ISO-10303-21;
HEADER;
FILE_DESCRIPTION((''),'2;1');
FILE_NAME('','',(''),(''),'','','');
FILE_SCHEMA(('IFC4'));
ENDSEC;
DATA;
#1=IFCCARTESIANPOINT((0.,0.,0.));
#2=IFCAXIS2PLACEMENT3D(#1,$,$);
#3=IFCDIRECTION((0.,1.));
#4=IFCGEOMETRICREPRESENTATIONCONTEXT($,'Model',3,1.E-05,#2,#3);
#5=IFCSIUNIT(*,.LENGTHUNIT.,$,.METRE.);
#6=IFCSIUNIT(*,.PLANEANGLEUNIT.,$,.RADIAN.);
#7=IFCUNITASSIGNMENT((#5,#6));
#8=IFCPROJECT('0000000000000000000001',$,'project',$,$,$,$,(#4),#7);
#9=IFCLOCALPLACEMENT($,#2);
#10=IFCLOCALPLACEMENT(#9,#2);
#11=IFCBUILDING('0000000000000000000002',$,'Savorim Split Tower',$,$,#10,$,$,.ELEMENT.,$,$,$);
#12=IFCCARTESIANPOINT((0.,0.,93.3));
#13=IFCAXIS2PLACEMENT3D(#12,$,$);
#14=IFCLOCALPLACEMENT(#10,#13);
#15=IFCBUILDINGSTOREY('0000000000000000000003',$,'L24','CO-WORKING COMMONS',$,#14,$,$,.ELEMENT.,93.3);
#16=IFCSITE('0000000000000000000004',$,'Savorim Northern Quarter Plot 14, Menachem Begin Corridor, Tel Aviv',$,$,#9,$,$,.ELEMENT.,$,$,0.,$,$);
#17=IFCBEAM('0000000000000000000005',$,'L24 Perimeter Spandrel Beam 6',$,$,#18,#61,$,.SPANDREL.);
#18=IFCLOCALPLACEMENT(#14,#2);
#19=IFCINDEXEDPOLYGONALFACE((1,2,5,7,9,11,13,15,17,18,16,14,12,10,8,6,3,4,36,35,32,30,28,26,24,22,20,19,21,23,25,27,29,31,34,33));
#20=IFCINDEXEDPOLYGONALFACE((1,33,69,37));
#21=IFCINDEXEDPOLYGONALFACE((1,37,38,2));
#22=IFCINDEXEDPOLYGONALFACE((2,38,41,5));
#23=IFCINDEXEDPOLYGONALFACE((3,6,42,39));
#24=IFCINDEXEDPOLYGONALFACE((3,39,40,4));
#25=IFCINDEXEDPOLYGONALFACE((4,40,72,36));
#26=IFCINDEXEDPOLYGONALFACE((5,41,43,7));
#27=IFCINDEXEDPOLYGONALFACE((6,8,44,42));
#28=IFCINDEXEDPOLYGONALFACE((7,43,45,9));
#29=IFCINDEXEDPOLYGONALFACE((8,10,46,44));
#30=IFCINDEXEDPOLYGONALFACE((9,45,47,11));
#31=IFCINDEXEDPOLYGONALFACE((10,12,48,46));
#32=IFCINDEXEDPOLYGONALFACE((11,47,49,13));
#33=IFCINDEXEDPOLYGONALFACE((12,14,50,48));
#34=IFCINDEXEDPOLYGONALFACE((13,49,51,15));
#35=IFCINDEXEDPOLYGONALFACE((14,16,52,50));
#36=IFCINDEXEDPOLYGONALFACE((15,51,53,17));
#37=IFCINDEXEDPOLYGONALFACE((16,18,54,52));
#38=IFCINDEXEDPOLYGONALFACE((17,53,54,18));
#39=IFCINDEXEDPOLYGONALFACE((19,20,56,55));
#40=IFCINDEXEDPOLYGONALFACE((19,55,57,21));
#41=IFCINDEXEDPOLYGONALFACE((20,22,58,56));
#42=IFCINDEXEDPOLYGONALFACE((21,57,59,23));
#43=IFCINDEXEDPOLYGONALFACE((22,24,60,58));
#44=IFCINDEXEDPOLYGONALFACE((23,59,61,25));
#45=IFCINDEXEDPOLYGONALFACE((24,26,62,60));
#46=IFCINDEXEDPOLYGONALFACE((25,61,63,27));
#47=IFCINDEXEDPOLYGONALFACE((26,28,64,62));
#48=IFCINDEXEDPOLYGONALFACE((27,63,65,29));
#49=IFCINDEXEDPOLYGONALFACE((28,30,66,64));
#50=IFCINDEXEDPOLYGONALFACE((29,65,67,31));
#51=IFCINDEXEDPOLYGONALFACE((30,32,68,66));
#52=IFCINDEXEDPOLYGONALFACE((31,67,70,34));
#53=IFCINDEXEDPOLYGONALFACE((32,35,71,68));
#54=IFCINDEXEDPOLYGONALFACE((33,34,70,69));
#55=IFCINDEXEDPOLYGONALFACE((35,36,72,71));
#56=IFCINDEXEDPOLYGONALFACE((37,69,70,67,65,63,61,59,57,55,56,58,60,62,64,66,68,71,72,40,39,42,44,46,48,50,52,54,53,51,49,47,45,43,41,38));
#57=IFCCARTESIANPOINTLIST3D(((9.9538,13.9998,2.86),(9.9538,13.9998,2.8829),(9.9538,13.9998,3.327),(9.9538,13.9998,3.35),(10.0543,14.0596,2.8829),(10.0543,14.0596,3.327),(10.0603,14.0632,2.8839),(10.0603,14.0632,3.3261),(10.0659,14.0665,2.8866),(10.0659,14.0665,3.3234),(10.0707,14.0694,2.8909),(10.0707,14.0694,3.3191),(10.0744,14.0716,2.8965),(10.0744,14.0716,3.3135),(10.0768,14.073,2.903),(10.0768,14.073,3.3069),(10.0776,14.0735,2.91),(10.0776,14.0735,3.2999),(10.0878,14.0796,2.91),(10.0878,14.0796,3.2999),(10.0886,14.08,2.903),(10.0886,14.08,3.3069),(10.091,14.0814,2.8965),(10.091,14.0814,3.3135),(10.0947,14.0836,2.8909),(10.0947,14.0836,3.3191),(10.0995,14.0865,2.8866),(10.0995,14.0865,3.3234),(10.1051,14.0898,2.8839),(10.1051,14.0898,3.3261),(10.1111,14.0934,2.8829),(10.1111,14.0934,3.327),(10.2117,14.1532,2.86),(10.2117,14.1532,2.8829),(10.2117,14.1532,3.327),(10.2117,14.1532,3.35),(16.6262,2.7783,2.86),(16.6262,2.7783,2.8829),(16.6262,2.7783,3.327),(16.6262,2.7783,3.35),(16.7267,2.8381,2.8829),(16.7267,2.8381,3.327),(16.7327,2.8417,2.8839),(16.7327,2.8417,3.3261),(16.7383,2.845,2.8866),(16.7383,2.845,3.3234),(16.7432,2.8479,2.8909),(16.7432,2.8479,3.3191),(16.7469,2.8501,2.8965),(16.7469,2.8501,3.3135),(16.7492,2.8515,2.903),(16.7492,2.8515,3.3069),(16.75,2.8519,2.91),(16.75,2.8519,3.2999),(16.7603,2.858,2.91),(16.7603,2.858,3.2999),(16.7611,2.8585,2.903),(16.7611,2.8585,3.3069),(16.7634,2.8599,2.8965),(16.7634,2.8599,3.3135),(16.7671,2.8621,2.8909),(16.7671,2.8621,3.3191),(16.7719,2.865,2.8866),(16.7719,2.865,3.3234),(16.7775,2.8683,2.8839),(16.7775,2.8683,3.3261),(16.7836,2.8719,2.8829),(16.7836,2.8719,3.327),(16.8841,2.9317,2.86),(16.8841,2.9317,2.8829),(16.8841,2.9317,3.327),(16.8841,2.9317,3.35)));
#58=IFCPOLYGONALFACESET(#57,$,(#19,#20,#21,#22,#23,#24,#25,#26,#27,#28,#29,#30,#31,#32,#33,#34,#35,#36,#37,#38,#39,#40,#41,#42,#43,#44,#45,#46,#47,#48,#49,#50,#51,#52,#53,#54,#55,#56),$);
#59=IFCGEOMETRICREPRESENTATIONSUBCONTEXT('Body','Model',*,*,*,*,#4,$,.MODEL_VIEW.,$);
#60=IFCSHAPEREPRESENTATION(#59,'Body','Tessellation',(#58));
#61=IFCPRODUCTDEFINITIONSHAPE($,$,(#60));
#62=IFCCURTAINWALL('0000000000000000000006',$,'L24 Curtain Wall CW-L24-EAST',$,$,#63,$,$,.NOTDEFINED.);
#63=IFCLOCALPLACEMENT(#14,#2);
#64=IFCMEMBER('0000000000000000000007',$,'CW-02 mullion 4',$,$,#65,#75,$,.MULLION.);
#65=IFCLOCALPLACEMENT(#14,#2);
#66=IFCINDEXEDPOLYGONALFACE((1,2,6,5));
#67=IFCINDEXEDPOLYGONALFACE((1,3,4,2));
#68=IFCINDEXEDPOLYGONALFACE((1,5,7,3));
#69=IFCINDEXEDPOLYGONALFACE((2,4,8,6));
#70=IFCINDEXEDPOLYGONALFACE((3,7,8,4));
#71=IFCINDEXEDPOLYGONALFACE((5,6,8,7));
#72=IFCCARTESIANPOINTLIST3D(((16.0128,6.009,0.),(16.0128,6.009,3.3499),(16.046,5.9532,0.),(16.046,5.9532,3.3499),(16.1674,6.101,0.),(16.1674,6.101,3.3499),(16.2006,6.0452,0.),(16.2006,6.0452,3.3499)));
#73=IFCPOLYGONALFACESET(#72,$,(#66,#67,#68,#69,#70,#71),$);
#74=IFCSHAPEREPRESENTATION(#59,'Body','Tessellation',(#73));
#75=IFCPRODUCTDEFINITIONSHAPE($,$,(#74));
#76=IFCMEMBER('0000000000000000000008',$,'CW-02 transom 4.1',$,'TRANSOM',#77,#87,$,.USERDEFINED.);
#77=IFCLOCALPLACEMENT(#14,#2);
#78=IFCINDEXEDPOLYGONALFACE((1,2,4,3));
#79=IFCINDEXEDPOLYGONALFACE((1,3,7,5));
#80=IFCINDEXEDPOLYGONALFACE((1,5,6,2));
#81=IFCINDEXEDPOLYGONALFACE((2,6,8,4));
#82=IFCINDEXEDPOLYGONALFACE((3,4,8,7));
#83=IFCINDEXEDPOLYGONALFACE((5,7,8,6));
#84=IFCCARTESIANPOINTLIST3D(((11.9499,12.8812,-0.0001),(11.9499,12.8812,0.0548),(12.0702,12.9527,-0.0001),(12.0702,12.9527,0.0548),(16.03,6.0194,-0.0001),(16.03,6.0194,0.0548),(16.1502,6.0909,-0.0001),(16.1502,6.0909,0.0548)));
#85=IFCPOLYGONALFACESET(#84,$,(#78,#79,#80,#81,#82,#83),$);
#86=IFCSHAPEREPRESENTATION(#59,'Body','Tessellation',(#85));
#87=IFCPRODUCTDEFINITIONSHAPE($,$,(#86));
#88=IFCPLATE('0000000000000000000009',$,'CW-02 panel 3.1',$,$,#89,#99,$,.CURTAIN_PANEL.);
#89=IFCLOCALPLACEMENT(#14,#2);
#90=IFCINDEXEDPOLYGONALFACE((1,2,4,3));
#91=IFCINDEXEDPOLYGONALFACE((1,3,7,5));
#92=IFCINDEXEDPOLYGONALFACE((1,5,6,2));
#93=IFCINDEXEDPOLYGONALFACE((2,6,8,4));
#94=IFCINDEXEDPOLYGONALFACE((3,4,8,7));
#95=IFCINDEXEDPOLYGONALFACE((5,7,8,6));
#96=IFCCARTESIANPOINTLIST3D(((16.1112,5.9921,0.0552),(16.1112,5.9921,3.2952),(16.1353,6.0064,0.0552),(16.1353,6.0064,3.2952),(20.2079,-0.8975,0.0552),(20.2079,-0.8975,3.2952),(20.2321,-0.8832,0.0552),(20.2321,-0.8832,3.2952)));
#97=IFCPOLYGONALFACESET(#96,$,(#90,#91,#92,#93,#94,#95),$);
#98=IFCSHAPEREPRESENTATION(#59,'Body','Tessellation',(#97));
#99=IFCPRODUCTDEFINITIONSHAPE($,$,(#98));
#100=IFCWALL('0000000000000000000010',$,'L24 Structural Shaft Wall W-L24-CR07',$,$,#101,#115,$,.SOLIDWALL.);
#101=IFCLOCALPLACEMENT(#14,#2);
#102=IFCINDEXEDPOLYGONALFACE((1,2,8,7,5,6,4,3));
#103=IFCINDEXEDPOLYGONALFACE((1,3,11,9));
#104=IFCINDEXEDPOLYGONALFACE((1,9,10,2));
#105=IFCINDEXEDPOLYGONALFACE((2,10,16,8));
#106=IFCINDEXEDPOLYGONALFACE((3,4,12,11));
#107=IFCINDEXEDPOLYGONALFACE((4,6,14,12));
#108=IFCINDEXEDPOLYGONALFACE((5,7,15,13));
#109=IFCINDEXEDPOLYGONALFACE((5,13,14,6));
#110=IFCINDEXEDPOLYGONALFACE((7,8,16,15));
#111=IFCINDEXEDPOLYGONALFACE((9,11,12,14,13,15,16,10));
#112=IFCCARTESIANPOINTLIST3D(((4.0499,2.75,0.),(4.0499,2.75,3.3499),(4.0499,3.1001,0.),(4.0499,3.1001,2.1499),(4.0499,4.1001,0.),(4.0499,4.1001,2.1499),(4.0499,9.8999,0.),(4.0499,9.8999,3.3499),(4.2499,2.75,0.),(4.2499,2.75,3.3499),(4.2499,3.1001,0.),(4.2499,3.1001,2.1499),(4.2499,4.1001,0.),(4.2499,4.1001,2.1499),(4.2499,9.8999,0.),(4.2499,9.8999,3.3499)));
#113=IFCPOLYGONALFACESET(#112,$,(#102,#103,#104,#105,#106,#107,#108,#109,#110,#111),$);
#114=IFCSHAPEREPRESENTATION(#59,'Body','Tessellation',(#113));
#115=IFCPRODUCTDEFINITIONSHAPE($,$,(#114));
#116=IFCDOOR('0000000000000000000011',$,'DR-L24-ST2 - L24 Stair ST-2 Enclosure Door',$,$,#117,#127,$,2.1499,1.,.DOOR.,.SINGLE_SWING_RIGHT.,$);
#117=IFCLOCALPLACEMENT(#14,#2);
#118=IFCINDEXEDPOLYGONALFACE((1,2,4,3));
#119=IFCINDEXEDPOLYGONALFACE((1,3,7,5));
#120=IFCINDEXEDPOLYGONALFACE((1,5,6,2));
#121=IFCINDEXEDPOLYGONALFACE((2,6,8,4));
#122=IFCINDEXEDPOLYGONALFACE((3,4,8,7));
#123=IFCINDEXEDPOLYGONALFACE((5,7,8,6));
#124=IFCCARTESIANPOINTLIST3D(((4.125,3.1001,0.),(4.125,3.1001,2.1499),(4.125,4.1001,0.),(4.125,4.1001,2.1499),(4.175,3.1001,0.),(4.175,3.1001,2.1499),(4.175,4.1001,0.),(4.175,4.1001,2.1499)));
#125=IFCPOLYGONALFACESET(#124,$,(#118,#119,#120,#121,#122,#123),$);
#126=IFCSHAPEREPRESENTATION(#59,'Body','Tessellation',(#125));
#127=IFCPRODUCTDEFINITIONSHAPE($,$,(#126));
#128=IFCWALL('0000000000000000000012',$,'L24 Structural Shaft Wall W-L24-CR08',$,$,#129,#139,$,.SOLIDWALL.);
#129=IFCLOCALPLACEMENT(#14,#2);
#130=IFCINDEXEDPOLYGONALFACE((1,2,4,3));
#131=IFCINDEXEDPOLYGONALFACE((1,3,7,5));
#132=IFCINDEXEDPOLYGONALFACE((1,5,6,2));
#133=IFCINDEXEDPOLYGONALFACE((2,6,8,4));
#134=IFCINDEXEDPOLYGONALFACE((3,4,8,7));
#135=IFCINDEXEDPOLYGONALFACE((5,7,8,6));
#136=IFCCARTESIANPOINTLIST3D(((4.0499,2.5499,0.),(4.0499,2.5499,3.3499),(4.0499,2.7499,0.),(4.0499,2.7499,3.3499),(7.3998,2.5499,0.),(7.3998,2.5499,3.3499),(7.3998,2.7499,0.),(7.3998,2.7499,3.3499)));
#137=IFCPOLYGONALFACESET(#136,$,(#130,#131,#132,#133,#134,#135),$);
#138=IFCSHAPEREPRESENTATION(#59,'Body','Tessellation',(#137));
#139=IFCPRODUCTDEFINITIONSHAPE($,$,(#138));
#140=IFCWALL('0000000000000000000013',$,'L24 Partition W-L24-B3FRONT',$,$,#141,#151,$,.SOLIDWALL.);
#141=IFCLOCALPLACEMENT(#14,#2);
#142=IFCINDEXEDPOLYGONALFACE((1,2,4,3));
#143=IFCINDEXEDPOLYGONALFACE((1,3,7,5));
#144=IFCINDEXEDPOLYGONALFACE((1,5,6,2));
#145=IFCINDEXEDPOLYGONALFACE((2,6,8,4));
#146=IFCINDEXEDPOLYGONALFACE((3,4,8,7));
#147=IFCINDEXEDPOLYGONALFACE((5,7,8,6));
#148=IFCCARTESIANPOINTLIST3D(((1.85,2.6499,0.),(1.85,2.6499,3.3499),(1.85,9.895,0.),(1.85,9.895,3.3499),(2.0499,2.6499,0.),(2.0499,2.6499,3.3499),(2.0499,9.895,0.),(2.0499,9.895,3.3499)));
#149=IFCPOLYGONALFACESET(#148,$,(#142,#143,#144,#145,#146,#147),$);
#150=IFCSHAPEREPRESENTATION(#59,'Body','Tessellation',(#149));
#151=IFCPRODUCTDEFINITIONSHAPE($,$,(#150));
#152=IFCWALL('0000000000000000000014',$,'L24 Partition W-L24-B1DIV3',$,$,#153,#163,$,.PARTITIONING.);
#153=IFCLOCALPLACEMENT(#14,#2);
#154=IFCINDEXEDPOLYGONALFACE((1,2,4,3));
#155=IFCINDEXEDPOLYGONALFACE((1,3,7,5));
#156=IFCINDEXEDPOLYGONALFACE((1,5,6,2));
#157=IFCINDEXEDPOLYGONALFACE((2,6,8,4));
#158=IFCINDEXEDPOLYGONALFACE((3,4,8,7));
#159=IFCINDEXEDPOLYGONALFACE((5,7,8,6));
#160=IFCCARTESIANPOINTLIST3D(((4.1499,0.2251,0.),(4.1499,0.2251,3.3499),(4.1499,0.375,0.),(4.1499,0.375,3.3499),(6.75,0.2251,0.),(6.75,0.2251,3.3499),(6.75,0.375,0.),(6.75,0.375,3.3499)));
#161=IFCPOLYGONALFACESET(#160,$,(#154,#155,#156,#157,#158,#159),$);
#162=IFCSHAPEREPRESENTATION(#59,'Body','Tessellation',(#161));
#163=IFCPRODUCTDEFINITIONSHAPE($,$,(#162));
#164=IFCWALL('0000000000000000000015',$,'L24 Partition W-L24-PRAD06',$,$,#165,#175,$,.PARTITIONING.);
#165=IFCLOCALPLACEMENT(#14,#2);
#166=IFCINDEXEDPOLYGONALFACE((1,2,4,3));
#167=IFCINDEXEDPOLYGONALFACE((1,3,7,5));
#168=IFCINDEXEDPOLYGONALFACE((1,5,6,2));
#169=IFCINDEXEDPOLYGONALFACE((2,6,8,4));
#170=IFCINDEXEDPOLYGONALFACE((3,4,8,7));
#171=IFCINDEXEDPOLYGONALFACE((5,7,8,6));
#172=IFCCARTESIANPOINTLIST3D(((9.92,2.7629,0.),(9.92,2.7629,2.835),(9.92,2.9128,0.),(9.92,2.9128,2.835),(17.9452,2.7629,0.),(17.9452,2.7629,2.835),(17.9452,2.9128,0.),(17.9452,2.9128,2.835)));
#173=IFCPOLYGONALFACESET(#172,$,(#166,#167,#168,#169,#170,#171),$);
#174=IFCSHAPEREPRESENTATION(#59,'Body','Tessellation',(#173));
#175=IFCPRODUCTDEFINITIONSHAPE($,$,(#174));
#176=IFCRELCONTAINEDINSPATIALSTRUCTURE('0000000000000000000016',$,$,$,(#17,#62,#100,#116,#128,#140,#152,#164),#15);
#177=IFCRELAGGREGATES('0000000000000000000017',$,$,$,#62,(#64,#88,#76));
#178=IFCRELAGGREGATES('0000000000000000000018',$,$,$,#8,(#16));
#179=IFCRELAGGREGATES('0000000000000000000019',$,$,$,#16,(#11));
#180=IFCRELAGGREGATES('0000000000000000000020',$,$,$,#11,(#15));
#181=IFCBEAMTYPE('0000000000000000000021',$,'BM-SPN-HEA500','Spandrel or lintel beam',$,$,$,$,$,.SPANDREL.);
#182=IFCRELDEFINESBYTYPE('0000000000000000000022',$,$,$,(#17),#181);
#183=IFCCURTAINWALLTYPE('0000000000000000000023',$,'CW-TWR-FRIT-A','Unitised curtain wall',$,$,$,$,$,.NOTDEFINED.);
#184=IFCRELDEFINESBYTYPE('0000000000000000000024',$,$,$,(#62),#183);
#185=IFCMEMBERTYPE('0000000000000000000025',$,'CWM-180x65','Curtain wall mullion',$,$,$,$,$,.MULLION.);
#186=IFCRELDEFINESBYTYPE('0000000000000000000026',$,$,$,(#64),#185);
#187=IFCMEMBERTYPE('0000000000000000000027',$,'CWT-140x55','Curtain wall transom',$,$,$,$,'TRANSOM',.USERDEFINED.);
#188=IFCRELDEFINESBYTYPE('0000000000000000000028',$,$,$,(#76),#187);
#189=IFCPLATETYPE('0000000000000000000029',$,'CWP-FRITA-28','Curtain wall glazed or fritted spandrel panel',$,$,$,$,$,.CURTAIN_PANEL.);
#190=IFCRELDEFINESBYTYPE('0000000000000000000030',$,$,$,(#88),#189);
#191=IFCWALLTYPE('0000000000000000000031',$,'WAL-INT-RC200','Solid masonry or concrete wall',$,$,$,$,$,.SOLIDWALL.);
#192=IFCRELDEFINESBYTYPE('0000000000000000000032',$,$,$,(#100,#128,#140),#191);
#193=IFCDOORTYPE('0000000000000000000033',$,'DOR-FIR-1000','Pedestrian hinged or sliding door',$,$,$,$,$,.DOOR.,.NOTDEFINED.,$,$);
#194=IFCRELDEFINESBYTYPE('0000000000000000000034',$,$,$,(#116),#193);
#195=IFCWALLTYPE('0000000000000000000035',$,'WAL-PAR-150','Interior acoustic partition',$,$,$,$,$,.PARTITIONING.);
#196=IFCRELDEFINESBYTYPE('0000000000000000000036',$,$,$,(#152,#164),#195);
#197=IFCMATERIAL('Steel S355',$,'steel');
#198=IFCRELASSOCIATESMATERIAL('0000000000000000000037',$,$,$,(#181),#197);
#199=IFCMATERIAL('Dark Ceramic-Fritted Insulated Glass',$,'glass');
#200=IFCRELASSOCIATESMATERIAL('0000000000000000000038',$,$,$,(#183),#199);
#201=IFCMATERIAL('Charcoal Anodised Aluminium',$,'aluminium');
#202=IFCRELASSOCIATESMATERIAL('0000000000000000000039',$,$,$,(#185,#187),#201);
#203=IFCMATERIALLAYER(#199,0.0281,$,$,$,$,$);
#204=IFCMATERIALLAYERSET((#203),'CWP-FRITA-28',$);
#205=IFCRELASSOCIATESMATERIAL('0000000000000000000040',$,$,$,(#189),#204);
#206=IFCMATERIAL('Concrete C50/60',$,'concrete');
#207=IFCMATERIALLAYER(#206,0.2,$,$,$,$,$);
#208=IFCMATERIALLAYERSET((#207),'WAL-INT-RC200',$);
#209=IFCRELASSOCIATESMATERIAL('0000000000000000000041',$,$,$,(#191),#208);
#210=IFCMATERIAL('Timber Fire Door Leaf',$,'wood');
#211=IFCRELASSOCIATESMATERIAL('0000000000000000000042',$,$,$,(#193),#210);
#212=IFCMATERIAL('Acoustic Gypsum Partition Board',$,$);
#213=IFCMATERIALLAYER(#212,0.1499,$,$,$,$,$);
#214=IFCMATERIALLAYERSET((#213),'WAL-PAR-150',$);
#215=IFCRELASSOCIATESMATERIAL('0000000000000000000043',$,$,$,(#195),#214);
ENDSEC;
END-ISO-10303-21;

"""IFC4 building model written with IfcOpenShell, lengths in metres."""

from ifc_helpers import new_model, si_unit, direction, frame, frame_2d, origin, origin_2d, place, context, subcontext, project, spatial, rectangle, i_section, extrude, material, layer, layer_set, material_profile, profile_set, type_object, element, fill, aggregate, save


model = new_model("IFC4")

# Units and contexts
model_context = context("Model", 3, precision=1e-05, world=origin(), true_north=direction((0.0, 1.0)))
body_context = subcontext(model_context, "Body", "Model", "MODEL_VIEW")
ifc_project = project(units=[si_unit("LENGTHUNIT", "METRE"), si_unit("PLANEANGLEUNIT", "RADIAN")], contexts=[model_context])

# Site, building, storey
site_placement = place(None, origin())
site = spatial("IfcSite", under=ifc_project, at=site_placement, Name="Savorim Northern Quarter Plot 14, Menachem Begin Corridor, Tel Aviv", CompositionType="ELEMENT", RefElevation=0.0)
building_placement = place(site_placement, origin())
building = spatial("IfcBuilding", under=site, at=building_placement, Name="Savorim Split Tower", CompositionType="ELEMENT")
storey_placement = place(building_placement, frame((0.0, 0.0, 93.3)))
storey = spatial("IfcBuildingStorey", under=building, at=storey_placement, Name="L24", Description="CO-WORKING COMMONS", CompositionType="ELEMENT", Elevation=93.3)

# Beam
ifc_material_1 = material(Name="Steel S355", Category="steel")
ifc_material_profile_1 = material_profile(ifc_material_1, i_section(OverallWidth=0.3, OverallDepth=0.49, WebThickness=0.012, FlangeThickness=0.0229, FilletRadius=0.0271, at=origin_2d()), Name="HEA 500")
ifc_profile_set_1 = profile_set([ifc_material_profile_1], Name="Steel S355")
beam_type_1 = type_object("IfcBeamType", Name="BM-SPN-HEA500", Description="Spandrel or lintel beam", PredefinedType="SPANDREL", material=ifc_profile_set_1)
beam_1_placement = place(storey_placement, frame((16.7551, 2.855, 3.105), z_axis=(-0.511084, 0.859531, 0.0), x_axis=(-0.859531, -0.511084, 0.0)))
element("IfcBeam", 1, at=beam_1_placement, inside=storey, type_object=beam_type_1, Name="L24 Perimeter Spandrel Beam 6", PredefinedType="SPANDREL", context=body_context, shape_type="SweptSolid", body=[
    extrude(i_section(OverallWidth=0.3, OverallDepth=0.49, WebThickness=0.012, FlangeThickness=0.0229, FilletRadius=0.0271, at=origin_2d()), origin(), (0.0, 0.0, 1.0), 13.0554),
])

# Curtain wall, members, plate
ifc_material_2 = material(Name="Dark Ceramic-Fritted Insulated Glass", Category="glass")
curtain_wall_type = type_object("IfcCurtainWallType", Name="CW-TWR-FRIT-A", Description="Unitised curtain wall", PredefinedType="NOTDEFINED", material=ifc_material_2)
curtain_wall_placement = place(storey_placement, origin())
curtain_wall = element("IfcCurtainWall", 2, at=curtain_wall_placement, inside=storey, type_object=curtain_wall_type, Name="L24 Curtain Wall CW-L24-EAST", PredefinedType="NOTDEFINED")
ifc_material_3 = material(Name="Charcoal Anodised Aluminium", Category="aluminium")
ifc_material_profile_2 = material_profile(ifc_material_3, rectangle(XDim=0.1799, YDim=0.0649, at=origin_2d()), Name="ALU-M 180x65")
ifc_profile_set_2 = profile_set([ifc_material_profile_2], Name="Charcoal Anodised Aluminium")
member_type_1 = type_object("IfcMemberType", Name="CWM-180x65", Description="Curtain wall mullion", PredefinedType="MULLION", material=ifc_profile_set_2)
member_1_placement = place(storey_placement, frame((16.1067, 6.0271, 0.0), z_axis=(0.0, 0.0, 1.0), x_axis=(-0.859525, -0.511094, 0.0)))
member_1 = element("IfcMember", 3, at=member_1_placement, type_object=member_type_1, Name="CW-02 mullion 4", PredefinedType="MULLION", context=body_context, shape_type="SweptSolid", body=[
    extrude(rectangle(XDim=0.1799, YDim=0.0649, at=origin_2d()), origin(), (0.0, 0.0, 1.0), 3.3499),
])
ifc_material_profile_3 = material_profile(ifc_material_3, rectangle(XDim=0.1399, YDim=0.0549, at=origin_2d()), Name="ALU-T 140x55")
ifc_profile_set_3 = profile_set([ifc_material_profile_3], Name="Charcoal Anodised Aluminium")
member_type_2 = type_object("IfcMemberType", Name="CWT-140x55", Description="Curtain wall transom", ElementType="TRANSOM", PredefinedType="USERDEFINED", material=ifc_profile_set_3)
member_2_placement = place(storey_placement, frame((16.0901, 6.0552, 0.0273), z_axis=(-0.511083, 0.859532, 0.0), x_axis=(-0.859532, -0.511083, 0.0)))
member_2 = element("IfcMember", 4, at=member_2_placement, type_object=member_type_2, Name="CW-02 transom 4.1", ObjectType="TRANSOM", PredefinedType="USERDEFINED", context=body_context, shape_type="SweptSolid", body=[
    extrude(rectangle(XDim=0.1399, YDim=0.0549, at=origin_2d()), origin(), (0.0, 0.0, 1.0), 7.9832),
])
ifc_layer_1 = layer(ifc_material_2, 0.0281)
ifc_layer_set_1 = layer_set([ifc_layer_1], Name="CWP-FRITA-28")
plate_type = type_object("IfcPlateType", Name="CWP-FRITA-28", Description="Curtain wall glazed or fritted spandrel panel", PredefinedType="CURTAIN_PANEL", material=ifc_layer_set_1)
plate_placement = place(storey_placement, frame((18.1716, 2.5544, 0.0552), z_axis=(0.0, 0.0, 1.0), x_axis=(-0.511094, 0.859525, 0.0)))
plate = element("IfcPlate", 5, at=plate_placement, type_object=plate_type, Name="CW-02 panel 3.1", PredefinedType="CURTAIN_PANEL", context=body_context, shape_type="SweptSolid", body=[
    extrude(rectangle(XDim=8.0156, YDim=0.0281, at=origin_2d()), origin(), (0.0, 0.0, 1.0), 3.24),
])
aggregate(curtain_wall, [member_1, plate, member_2])

# Wall, opening, door
ifc_material_4 = material(Name="Concrete C50/60", Category="concrete")
ifc_layer_2 = layer(ifc_material_4, 0.2)
ifc_layer_set_2 = layer_set([ifc_layer_2], Name="WAL-INT-RC200")
wall_type_1 = type_object("IfcWallType", Name="WAL-INT-RC200", Description="Solid masonry or concrete wall", PredefinedType="SOLIDWALL", material=ifc_layer_set_2)
wall_1_placement = place(storey_placement, frame((4.1499, 2.75, 0.0), z_axis=(0.0, 0.0, 1.0), x_axis=(0.0, 1.0, 0.0)))
wall_1 = element("IfcWall", 6, at=wall_1_placement, inside=storey, type_object=wall_type_1, Name="L24 Structural Shaft Wall W-L24-CR07", PredefinedType="SOLIDWALL", context=body_context, shape_type="SweptSolid", body=[
    extrude(rectangle(XDim=7.1499, YDim=0.2, at=frame_2d((3.575, 0.0))), origin(), (0.0, 0.0, 1.0), 3.3499),
])
opening_placement = place(wall_1_placement, frame((0.3501, 0.0, 0.0)))
opening = element("IfcOpeningElement", 7, at=opening_placement, cuts=wall_1, PredefinedType="OPENING", context=body_context, shape_type="SweptSolid", body=[
    extrude(rectangle(XDim=1.0, YDim=2.1499, at=frame_2d((0.5, 1.075))), frame((0.0, 0.1099, 0.0), z_axis=(0.0, -1.0, 0.0), x_axis=(1.0, 0.0, 0.0)), (0.0, 0.0, 1.0), 0.22),
])
ifc_material_5 = material(Name="Timber Fire Door Leaf", Category="wood")
door_type = type_object("IfcDoorType", Name="DOR-FIR-1000", Description="Pedestrian hinged or sliding door", OperationType="NOTDEFINED", PredefinedType="DOOR", material=ifc_material_5)
door_placement = place(opening_placement, origin())
door = element("IfcDoor", 8, at=door_placement, inside=storey, type_object=door_type, Name="DR-L24-ST2 - L24 Stair ST-2 Enclosure Door", OperationType="SINGLE_SWING_RIGHT", OverallHeight=2.1499, OverallWidth=1.0, PredefinedType="DOOR", context=body_context, shape_type="SweptSolid", body=[
    extrude(rectangle(XDim=1.0, YDim=2.1499, at=frame_2d((0.5, 1.075))), frame((0.0, 0.0249, 0.0), z_axis=(0.0, -1.0, 0.0), x_axis=(1.0, 0.0, 0.0)), (0.0, 0.0, 1.0), 0.05),
])
fill(opening, door)

# Walls
wall_2_placement = place(storey_placement, frame((4.05, 2.6499, 0.0), z_axis=(0.0, 0.0, 1.0), x_axis=(1.0, 0.0, 0.0)))
element("IfcWall", 9, at=wall_2_placement, inside=storey, type_object=wall_type_1, Name="L24 Structural Shaft Wall W-L24-CR08", PredefinedType="SOLIDWALL", context=body_context, shape_type="SweptSolid", body=[
    extrude(rectangle(XDim=3.3499, YDim=0.2, at=frame_2d((1.6748, 0.0))), origin(), (0.0, 0.0, 1.0), 3.3499),
])
wall_3_placement = place(storey_placement, frame((1.95, 2.6499, 0.0), z_axis=(0.0, 0.0, 1.0), x_axis=(0.0, 1.0, 0.0)))
element("IfcWall", 10, at=wall_3_placement, inside=storey, type_object=wall_type_1, Name="L24 Partition W-L24-B3FRONT", PredefinedType="SOLIDWALL", context=body_context, shape_type="SweptSolid", body=[
    extrude(rectangle(XDim=7.2451, YDim=0.2, at=frame_2d((3.6226, 0.0))), origin(), (0.0, 0.0, 1.0), 3.3499),
])
ifc_material_6 = material(Name="Acoustic Gypsum Partition Board")
ifc_layer_3 = layer(ifc_material_6, 0.1499)
ifc_layer_set_3 = layer_set([ifc_layer_3], Name="WAL-PAR-150")
wall_type_2 = type_object("IfcWallType", Name="WAL-PAR-150", Description="Interior acoustic partition", PredefinedType="PARTITIONING", material=ifc_layer_set_3)
wall_4_placement = place(storey_placement, frame((4.1499, 0.3, 0.0), z_axis=(0.0, 0.0, 1.0), x_axis=(1.0, 0.0, 0.0)))
element("IfcWall", 11, at=wall_4_placement, inside=storey, type_object=wall_type_2, Name="L24 Partition W-L24-B1DIV3", PredefinedType="PARTITIONING", context=body_context, shape_type="SweptSolid", body=[
    extrude(rectangle(XDim=2.6001, YDim=0.1499, at=frame_2d((1.3, 0.0))), origin(), (0.0, 0.0, 1.0), 3.3499),
])
wall_5_placement = place(storey_placement, frame((9.9199, 2.8379, 0.0), z_axis=(0.0, 0.0, 1.0), x_axis=(1.0, 0.0, 0.0)))
element("IfcWall", 12, at=wall_5_placement, inside=storey, type_object=wall_type_2, Name="L24 Partition W-L24-PRAD06", PredefinedType="PARTITIONING", context=body_context, shape_type="SweptSolid", body=[
    extrude(rectangle(XDim=8.0251, YDim=0.1499, at=frame_2d((4.0127, 0.0))), origin(), (0.0, 0.0, 1.0), 2.835),
])

save(model, "model.ifc")
